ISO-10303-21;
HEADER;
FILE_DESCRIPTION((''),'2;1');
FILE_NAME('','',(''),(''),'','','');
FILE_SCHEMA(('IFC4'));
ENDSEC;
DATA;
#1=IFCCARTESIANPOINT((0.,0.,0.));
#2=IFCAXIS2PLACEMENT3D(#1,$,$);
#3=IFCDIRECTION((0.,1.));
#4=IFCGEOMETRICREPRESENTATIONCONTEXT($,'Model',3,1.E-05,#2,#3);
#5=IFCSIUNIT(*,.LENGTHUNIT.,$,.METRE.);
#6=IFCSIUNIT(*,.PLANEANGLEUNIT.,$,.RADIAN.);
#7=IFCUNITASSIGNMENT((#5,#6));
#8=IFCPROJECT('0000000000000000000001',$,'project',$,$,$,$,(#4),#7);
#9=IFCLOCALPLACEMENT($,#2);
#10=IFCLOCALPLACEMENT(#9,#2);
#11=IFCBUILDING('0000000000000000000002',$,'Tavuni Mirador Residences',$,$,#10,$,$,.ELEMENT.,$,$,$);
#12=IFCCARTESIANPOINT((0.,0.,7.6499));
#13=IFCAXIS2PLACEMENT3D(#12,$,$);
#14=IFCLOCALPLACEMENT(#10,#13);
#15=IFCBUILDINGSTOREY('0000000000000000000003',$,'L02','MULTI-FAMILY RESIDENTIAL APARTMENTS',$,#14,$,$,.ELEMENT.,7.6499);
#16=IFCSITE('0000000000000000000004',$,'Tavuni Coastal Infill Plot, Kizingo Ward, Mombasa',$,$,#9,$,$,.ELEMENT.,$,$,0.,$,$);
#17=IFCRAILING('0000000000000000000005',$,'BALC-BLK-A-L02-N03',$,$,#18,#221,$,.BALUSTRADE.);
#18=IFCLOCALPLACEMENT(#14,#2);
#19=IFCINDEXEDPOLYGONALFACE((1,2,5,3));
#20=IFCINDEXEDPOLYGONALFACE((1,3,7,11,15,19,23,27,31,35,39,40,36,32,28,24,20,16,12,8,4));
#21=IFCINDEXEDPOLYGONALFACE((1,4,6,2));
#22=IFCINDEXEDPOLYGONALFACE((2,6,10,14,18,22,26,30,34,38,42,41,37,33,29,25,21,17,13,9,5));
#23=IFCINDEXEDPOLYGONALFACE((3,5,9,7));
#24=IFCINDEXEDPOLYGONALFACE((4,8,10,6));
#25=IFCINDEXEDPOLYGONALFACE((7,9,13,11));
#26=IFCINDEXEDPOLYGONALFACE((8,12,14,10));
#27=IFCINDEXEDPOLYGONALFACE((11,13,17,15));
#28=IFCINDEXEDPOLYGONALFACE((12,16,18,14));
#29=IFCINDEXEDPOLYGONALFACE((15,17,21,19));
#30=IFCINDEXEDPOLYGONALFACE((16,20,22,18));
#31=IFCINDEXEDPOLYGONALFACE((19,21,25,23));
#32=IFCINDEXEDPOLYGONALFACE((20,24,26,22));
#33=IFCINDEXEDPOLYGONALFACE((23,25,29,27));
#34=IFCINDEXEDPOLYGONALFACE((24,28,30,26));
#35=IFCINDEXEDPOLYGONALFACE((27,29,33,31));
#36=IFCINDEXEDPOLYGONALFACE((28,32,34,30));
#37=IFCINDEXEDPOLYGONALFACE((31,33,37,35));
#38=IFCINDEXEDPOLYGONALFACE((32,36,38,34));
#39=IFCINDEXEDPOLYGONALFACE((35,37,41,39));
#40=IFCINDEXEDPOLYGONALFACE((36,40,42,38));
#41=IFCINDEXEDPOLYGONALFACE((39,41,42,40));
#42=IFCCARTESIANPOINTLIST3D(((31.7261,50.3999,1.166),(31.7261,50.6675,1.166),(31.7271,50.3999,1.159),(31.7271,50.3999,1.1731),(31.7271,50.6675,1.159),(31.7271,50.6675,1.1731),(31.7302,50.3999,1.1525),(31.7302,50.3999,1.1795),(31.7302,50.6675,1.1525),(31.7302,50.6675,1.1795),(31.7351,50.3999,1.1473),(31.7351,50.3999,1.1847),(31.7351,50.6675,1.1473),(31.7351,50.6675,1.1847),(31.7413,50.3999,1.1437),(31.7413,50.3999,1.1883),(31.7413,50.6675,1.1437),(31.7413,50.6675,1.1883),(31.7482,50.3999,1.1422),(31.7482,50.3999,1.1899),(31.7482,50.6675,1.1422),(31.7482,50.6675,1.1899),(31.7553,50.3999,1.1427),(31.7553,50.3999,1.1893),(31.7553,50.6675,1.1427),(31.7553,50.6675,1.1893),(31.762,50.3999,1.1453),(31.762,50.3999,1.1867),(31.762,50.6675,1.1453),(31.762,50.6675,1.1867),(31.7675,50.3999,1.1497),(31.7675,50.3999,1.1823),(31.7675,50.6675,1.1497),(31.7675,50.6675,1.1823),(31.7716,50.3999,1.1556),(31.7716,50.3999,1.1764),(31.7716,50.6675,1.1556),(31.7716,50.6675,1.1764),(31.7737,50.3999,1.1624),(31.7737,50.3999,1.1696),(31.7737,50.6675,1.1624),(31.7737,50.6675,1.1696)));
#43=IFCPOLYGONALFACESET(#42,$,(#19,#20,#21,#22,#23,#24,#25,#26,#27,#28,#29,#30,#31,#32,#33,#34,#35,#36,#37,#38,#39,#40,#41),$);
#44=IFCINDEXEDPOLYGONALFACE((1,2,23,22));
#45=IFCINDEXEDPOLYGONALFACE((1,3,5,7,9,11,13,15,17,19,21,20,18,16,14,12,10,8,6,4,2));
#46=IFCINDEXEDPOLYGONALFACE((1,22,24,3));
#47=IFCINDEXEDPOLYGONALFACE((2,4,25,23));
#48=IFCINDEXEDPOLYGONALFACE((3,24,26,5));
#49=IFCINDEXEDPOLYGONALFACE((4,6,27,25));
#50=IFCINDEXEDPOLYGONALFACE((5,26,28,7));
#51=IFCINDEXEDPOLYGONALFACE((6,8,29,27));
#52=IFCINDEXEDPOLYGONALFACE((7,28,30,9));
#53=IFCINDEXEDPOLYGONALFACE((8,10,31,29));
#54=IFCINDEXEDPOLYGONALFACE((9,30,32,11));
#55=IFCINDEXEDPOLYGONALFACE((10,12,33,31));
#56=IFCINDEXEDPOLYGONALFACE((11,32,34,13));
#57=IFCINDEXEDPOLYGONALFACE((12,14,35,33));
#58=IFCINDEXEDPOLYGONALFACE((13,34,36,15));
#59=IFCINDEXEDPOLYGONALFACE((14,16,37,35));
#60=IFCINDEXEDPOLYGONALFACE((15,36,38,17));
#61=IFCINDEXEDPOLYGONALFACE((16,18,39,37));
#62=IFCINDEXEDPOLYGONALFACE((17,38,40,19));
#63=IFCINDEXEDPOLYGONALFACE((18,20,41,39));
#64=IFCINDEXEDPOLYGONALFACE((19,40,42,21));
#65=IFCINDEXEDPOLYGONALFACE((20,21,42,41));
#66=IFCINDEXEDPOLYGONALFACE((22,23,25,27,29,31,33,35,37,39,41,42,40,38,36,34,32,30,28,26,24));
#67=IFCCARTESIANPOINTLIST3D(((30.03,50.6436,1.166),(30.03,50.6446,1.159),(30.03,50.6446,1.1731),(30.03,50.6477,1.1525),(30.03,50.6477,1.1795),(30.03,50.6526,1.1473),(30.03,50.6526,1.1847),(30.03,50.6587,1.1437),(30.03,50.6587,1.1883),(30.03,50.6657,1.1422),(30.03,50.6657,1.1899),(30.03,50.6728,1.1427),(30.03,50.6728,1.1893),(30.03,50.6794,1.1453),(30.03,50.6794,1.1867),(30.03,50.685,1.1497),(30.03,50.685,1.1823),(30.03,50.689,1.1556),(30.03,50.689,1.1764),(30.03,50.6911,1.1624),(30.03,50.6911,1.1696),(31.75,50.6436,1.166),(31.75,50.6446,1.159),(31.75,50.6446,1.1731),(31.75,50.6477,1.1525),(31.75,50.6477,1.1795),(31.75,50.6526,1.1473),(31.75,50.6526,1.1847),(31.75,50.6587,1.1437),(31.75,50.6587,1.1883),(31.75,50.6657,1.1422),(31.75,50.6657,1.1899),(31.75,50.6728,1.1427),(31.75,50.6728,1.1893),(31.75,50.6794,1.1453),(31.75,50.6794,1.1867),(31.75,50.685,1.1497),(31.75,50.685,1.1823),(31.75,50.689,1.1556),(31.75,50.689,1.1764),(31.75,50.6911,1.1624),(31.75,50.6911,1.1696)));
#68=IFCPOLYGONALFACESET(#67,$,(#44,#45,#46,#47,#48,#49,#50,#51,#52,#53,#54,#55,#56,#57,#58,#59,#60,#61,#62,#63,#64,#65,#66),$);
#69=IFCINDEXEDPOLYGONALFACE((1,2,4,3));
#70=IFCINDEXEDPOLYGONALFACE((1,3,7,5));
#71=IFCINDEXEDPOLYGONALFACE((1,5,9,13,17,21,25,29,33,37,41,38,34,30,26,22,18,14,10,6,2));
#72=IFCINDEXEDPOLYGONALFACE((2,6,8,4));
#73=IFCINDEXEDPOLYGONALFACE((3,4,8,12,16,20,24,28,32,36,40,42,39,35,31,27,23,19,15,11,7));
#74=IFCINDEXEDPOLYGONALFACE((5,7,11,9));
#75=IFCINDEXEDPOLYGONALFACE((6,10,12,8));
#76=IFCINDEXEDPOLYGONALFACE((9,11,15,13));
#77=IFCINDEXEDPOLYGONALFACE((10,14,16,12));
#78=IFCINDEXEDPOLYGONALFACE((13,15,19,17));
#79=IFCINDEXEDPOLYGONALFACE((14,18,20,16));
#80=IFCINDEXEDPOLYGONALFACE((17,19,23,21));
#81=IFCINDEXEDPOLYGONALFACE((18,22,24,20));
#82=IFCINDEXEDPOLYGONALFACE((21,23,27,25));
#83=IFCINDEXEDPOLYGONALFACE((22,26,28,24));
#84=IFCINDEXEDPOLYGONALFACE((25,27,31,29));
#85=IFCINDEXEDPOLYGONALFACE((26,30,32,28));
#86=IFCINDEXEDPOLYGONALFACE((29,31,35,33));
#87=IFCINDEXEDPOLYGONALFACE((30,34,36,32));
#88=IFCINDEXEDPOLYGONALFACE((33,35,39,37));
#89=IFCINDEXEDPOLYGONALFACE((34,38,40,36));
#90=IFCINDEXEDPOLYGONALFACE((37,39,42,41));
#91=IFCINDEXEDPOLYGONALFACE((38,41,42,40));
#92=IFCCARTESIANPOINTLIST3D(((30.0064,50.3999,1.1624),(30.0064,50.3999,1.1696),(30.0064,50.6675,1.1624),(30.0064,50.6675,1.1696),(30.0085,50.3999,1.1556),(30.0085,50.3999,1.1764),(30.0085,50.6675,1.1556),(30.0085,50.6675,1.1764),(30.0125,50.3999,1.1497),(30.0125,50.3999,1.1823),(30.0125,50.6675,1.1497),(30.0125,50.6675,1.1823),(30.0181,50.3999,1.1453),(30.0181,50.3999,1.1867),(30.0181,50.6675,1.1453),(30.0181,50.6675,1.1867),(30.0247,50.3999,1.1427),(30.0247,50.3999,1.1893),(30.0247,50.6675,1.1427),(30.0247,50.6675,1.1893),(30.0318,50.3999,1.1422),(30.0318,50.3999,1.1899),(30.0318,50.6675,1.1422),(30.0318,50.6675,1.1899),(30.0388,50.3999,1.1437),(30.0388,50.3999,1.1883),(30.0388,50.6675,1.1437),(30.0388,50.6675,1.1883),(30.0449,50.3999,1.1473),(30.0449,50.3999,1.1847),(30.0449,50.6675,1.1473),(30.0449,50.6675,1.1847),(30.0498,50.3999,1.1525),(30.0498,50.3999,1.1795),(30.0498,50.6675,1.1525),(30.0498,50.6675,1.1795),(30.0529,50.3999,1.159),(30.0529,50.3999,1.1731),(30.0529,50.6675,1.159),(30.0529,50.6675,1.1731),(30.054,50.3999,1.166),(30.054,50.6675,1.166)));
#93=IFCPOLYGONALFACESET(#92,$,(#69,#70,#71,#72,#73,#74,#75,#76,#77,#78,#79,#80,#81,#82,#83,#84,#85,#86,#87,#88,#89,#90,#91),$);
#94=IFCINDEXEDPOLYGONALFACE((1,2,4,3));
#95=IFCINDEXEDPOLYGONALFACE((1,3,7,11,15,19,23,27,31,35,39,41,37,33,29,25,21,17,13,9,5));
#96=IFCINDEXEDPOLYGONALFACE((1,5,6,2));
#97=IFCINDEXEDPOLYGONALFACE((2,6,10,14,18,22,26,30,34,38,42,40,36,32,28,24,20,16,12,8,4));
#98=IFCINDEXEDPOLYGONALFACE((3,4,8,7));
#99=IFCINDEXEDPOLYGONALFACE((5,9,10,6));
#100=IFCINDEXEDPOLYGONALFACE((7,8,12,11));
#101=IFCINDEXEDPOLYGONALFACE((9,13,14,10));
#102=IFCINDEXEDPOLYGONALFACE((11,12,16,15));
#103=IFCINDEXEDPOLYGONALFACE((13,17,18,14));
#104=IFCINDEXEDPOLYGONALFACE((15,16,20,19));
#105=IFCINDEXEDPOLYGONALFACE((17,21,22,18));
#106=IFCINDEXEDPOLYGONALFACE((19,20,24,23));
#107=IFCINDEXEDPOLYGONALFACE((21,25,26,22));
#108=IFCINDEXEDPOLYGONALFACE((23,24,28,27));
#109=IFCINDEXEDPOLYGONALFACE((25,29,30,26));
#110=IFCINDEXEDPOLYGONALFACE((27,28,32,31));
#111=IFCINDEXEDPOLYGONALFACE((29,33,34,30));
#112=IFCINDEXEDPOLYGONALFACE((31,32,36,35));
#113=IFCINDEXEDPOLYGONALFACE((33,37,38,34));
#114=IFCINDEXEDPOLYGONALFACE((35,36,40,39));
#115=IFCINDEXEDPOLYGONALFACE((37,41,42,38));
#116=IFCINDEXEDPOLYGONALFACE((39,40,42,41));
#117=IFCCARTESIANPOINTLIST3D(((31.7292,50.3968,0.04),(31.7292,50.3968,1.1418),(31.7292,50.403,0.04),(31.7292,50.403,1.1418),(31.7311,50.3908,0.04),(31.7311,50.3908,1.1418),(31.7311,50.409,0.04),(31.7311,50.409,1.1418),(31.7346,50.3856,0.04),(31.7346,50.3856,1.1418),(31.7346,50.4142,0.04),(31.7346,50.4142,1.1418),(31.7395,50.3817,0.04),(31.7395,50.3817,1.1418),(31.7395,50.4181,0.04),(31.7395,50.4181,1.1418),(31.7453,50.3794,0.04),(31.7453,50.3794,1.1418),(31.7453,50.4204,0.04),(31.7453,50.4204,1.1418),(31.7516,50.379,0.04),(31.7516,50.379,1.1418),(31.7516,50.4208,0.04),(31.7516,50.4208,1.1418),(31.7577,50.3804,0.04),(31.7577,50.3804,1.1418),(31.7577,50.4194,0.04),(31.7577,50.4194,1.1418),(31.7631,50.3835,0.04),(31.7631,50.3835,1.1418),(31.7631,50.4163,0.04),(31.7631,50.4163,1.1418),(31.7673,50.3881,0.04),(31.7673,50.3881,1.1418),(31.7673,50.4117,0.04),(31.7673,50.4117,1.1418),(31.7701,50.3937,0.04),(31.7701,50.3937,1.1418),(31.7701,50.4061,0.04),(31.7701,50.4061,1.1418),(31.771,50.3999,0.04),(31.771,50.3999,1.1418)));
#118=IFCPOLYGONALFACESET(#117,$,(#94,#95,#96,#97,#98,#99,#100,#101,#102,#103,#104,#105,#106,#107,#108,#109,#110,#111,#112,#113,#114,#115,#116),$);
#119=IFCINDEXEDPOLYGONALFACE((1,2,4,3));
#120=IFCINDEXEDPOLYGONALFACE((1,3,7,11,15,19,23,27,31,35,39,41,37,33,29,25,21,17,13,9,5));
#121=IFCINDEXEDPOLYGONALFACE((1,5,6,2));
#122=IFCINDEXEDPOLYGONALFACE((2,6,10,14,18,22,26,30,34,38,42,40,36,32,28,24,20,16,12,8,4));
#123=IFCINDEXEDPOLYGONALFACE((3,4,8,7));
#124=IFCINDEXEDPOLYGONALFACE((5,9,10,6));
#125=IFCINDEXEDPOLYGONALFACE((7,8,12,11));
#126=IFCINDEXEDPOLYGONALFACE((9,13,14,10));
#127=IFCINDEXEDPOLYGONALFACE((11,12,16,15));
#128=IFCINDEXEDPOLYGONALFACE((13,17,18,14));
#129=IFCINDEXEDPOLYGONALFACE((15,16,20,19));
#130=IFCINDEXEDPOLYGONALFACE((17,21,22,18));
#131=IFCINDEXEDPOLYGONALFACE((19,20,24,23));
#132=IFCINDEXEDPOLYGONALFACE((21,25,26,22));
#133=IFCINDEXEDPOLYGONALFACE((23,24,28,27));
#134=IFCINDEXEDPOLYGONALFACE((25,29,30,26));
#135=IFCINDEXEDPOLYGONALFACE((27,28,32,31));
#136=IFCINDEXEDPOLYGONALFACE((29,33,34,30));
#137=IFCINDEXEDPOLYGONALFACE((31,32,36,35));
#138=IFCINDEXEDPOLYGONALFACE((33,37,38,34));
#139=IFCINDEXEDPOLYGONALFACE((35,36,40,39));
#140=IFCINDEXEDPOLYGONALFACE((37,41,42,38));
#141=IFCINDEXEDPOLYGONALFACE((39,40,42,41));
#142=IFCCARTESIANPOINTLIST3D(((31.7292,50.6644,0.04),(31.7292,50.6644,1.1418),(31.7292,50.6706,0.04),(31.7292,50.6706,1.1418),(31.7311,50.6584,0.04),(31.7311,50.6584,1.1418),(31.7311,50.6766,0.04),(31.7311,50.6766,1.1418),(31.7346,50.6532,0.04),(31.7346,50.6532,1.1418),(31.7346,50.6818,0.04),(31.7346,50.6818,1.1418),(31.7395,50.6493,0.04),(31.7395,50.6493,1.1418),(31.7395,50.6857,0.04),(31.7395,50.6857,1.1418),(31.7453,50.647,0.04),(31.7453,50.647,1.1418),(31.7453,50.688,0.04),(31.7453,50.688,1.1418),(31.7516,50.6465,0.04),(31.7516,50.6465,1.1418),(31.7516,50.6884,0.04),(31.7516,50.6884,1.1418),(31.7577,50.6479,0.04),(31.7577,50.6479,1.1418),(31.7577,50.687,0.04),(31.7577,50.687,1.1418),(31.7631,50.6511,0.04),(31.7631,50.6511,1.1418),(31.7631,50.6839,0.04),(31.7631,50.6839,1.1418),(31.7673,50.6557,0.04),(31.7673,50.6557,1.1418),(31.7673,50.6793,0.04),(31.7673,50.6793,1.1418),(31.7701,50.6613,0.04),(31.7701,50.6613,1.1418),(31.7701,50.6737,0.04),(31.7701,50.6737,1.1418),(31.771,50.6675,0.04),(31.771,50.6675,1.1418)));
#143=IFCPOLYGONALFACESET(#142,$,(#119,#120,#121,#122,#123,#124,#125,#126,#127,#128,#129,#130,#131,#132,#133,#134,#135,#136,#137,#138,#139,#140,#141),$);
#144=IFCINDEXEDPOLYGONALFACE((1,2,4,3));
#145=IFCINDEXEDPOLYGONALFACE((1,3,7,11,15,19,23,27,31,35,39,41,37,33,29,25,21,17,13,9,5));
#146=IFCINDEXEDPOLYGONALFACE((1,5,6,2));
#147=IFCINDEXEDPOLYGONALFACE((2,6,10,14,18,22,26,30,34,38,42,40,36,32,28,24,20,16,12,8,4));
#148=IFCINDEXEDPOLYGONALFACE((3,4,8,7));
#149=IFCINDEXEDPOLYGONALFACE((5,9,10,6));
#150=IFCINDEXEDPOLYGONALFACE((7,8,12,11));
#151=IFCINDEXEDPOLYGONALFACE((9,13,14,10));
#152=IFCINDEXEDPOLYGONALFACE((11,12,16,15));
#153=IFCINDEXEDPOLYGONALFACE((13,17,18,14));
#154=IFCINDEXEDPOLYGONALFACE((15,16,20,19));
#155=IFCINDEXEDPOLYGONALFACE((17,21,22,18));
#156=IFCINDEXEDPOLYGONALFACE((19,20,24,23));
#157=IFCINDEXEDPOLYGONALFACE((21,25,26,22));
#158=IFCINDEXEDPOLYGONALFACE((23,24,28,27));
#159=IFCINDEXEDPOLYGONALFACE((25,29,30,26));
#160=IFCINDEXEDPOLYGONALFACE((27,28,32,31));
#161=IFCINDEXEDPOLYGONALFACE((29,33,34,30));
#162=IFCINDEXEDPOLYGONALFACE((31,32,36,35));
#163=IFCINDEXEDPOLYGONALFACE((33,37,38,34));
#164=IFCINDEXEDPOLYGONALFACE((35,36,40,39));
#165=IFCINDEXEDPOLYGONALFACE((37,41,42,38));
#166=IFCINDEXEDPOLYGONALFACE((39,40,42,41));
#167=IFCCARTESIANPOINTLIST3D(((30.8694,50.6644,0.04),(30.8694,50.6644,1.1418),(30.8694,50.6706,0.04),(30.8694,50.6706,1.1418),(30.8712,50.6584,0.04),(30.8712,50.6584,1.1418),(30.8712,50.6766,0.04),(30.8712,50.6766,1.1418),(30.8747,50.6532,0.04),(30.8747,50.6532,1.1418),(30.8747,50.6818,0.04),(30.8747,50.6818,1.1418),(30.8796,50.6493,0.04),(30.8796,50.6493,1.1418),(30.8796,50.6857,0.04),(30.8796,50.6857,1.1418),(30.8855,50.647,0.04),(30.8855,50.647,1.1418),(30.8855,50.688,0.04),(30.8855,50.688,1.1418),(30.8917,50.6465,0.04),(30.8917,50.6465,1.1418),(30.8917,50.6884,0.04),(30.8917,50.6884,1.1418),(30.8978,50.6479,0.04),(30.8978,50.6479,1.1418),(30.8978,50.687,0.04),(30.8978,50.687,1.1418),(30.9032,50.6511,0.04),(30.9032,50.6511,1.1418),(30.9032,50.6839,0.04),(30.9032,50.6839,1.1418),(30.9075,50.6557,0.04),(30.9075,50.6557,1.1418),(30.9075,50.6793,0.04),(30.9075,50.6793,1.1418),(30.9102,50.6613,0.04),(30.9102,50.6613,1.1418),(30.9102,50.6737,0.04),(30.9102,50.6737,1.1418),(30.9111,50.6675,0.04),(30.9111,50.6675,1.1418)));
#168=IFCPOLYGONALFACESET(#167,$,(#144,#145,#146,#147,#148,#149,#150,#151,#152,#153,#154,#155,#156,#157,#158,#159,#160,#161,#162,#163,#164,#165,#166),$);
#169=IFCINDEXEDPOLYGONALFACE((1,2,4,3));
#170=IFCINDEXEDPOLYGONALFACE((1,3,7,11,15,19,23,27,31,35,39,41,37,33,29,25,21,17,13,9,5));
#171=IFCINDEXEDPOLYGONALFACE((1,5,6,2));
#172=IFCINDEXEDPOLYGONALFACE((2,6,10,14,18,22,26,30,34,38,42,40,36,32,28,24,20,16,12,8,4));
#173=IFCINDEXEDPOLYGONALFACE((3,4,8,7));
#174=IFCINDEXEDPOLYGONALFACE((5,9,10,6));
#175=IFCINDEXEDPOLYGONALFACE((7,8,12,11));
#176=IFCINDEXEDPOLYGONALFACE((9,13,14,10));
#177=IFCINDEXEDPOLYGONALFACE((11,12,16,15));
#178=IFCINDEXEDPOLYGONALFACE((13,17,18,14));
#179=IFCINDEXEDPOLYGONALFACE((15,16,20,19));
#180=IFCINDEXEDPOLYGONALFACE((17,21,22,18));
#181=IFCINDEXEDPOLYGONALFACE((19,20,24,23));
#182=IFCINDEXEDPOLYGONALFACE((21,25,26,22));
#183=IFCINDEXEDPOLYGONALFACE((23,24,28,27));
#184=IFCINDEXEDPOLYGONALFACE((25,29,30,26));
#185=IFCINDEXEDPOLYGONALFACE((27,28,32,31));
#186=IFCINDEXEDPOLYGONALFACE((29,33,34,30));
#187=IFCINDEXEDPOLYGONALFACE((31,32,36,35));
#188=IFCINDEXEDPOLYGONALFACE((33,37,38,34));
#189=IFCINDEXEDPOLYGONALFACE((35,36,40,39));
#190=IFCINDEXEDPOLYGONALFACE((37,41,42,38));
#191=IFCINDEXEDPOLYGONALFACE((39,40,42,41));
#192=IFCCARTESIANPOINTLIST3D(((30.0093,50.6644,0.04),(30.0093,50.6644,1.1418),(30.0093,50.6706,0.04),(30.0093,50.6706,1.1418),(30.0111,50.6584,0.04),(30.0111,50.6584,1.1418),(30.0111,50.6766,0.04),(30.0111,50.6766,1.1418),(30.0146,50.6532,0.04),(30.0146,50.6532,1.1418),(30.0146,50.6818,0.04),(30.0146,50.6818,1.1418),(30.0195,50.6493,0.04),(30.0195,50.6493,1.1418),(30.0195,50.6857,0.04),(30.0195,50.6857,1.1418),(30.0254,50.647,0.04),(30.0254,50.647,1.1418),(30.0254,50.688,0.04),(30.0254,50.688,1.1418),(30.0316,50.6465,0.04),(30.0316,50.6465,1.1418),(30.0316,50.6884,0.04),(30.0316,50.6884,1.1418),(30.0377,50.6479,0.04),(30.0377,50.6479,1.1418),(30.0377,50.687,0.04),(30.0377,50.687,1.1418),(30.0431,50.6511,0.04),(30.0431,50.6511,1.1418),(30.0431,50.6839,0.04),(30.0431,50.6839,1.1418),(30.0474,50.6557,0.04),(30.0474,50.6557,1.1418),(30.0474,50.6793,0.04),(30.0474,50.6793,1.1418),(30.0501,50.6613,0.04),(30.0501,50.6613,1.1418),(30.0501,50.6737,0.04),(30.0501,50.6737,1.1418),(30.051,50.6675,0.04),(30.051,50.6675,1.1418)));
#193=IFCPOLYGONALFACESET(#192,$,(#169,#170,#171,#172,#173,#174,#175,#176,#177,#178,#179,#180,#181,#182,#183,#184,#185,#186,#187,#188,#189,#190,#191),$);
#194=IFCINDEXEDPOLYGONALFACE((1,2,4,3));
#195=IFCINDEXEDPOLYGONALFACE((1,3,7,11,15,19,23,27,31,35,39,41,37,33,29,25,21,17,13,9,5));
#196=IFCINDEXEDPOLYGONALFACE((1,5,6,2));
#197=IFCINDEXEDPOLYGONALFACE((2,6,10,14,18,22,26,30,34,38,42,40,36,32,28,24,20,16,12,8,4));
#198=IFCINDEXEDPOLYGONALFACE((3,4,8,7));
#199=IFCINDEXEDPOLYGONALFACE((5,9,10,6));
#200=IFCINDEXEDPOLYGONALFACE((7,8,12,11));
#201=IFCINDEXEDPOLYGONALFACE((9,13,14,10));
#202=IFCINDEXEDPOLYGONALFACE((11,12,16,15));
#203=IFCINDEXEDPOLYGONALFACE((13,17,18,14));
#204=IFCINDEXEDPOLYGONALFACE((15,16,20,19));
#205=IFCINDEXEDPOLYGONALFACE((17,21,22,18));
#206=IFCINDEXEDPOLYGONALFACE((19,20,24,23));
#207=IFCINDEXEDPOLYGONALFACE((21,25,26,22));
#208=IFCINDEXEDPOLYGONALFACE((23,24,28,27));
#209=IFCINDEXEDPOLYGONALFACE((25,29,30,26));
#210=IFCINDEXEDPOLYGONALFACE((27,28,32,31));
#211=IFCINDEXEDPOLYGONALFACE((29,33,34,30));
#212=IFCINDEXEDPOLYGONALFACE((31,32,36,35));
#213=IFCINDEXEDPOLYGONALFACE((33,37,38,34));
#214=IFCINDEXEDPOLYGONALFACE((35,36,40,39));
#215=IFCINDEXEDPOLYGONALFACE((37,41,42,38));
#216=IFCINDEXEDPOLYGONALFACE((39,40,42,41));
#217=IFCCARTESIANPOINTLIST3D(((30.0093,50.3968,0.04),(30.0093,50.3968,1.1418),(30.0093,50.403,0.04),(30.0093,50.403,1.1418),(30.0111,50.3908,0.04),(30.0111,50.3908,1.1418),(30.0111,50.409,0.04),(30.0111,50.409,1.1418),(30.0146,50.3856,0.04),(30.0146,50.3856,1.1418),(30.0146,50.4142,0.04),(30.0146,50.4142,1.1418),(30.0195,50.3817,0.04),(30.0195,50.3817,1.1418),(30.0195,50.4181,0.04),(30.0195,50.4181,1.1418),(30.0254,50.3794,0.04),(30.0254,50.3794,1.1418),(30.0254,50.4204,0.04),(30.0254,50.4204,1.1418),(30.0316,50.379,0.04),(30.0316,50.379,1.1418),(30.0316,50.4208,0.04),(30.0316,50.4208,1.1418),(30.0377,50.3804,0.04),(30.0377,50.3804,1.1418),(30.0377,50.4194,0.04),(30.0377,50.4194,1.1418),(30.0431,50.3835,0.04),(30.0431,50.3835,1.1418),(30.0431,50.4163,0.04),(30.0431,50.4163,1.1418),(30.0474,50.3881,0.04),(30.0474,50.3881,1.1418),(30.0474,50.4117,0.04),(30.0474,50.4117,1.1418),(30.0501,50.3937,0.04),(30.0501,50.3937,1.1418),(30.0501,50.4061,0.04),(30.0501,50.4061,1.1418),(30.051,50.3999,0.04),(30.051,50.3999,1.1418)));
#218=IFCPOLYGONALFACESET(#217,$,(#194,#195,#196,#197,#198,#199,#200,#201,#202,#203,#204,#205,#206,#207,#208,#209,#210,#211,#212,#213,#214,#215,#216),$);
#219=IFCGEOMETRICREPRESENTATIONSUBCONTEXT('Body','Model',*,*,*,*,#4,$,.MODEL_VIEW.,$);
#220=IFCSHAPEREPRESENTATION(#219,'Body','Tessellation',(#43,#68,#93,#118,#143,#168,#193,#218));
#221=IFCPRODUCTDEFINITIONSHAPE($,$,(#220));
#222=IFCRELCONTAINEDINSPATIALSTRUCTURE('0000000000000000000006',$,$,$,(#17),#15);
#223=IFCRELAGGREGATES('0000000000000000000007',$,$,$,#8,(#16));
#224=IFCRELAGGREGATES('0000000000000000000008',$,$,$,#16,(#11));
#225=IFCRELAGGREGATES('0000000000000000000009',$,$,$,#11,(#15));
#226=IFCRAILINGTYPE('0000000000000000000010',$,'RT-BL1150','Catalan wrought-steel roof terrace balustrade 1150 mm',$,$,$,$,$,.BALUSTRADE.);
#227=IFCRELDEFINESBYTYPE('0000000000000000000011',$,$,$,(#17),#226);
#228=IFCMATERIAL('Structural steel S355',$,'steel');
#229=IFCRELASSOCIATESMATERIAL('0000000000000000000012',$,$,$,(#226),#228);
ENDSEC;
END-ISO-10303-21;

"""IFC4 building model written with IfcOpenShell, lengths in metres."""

from ifc_helpers import new_model, si_unit, direction, frame, origin, origin_2d, place, context, subcontext, project, spatial, circle, extrude, material, type_object, element, save


model = new_model("IFC4")

# Units and contexts
model_context = context("Model", 3, precision=1e-05, world=origin(), true_north=direction((0.0, 1.0)))
body_context = subcontext(model_context, "Body", "Model", "MODEL_VIEW")
ifc_project = project(units=[si_unit("LENGTHUNIT", "METRE"), si_unit("PLANEANGLEUNIT", "RADIAN")], contexts=[model_context])

# Site, building, storey
site_placement = place(None, origin())
site = spatial("IfcSite", under=ifc_project, at=site_placement, Name="Tavuni Coastal Infill Plot, Kizingo Ward, Mombasa", CompositionType="ELEMENT", RefElevation=0.0)
building_placement = place(site_placement, origin())
building = spatial("IfcBuilding", under=site, at=building_placement, Name="Tavuni Mirador Residences", CompositionType="ELEMENT")
storey_placement = place(building_placement, frame((0.0, 0.0, 7.6499)))
storey = spatial("IfcBuildingStorey", under=building, at=storey_placement, Name="L02", Description="MULTI-FAMILY RESIDENTIAL APARTMENTS", CompositionType="ELEMENT", Elevation=7.6499)

# Railing
ifc_material_1 = material(Name="Structural steel S355", Category="steel")
railing_type = type_object("IfcRailingType", Name="RT-BL1150", Description="Catalan wrought-steel roof terrace balustrade 1150 mm", PredefinedType="BALUSTRADE", material=ifc_material_1)
railing_placement = place(storey_placement, frame((31.75, 50.3999, 0.04)))
element("IfcRailing", 1, at=railing_placement, inside=storey, type_object=railing_type, Name="BALC-BLK-A-L02-N03", PredefinedType="BALUSTRADE", context=body_context, shape_type="SweptSolid", body=[
    extrude(circle(Radius=0.0239, at=origin_2d()), frame((0.0, 0.0, 1.126), z_axis=(0.0, 1.0, 0.0), x_axis=(-1.0, 0.0, 0.0)), (0.0, 0.0, 1.0), 0.2676),
    extrude(circle(Radius=0.0239, at=origin_2d()), frame((0.0, 0.2676, 1.126), z_axis=(-1.0, 0.0, 0.0), x_axis=(0.0, -1.0, 0.0)), (0.0, 0.0, 1.0), 1.72),
    extrude(circle(Radius=0.0239, at=origin_2d()), frame((-1.72, 0.2676, 1.126), z_axis=(0.0, -1.0, 0.0), x_axis=(1.0, 0.0, 0.0)), (0.0, 0.0, 1.0), 0.2676),
    extrude(circle(Radius=0.021, at=origin_2d()), origin(), (0.0, 0.0, 1.0), 1.1018),
    extrude(circle(Radius=0.021, at=origin_2d()), frame((0.0, 0.2676, 0.0)), (0.0, 0.0, 1.0), 1.1018),
    extrude(circle(Radius=0.021, at=origin_2d()), frame((-0.8599, 0.2676, 0.0)), (0.0, 0.0, 1.0), 1.1018),
    extrude(circle(Radius=0.021, at=origin_2d()), frame((-1.72, 0.2676, 0.0)), (0.0, 0.0, 1.0), 1.1018),
    extrude(circle(Radius=0.021, at=origin_2d()), frame((-1.72, 0.0, 0.0)), (0.0, 0.0, 1.0), 1.1018),
])

save(model, "model.ifc")
